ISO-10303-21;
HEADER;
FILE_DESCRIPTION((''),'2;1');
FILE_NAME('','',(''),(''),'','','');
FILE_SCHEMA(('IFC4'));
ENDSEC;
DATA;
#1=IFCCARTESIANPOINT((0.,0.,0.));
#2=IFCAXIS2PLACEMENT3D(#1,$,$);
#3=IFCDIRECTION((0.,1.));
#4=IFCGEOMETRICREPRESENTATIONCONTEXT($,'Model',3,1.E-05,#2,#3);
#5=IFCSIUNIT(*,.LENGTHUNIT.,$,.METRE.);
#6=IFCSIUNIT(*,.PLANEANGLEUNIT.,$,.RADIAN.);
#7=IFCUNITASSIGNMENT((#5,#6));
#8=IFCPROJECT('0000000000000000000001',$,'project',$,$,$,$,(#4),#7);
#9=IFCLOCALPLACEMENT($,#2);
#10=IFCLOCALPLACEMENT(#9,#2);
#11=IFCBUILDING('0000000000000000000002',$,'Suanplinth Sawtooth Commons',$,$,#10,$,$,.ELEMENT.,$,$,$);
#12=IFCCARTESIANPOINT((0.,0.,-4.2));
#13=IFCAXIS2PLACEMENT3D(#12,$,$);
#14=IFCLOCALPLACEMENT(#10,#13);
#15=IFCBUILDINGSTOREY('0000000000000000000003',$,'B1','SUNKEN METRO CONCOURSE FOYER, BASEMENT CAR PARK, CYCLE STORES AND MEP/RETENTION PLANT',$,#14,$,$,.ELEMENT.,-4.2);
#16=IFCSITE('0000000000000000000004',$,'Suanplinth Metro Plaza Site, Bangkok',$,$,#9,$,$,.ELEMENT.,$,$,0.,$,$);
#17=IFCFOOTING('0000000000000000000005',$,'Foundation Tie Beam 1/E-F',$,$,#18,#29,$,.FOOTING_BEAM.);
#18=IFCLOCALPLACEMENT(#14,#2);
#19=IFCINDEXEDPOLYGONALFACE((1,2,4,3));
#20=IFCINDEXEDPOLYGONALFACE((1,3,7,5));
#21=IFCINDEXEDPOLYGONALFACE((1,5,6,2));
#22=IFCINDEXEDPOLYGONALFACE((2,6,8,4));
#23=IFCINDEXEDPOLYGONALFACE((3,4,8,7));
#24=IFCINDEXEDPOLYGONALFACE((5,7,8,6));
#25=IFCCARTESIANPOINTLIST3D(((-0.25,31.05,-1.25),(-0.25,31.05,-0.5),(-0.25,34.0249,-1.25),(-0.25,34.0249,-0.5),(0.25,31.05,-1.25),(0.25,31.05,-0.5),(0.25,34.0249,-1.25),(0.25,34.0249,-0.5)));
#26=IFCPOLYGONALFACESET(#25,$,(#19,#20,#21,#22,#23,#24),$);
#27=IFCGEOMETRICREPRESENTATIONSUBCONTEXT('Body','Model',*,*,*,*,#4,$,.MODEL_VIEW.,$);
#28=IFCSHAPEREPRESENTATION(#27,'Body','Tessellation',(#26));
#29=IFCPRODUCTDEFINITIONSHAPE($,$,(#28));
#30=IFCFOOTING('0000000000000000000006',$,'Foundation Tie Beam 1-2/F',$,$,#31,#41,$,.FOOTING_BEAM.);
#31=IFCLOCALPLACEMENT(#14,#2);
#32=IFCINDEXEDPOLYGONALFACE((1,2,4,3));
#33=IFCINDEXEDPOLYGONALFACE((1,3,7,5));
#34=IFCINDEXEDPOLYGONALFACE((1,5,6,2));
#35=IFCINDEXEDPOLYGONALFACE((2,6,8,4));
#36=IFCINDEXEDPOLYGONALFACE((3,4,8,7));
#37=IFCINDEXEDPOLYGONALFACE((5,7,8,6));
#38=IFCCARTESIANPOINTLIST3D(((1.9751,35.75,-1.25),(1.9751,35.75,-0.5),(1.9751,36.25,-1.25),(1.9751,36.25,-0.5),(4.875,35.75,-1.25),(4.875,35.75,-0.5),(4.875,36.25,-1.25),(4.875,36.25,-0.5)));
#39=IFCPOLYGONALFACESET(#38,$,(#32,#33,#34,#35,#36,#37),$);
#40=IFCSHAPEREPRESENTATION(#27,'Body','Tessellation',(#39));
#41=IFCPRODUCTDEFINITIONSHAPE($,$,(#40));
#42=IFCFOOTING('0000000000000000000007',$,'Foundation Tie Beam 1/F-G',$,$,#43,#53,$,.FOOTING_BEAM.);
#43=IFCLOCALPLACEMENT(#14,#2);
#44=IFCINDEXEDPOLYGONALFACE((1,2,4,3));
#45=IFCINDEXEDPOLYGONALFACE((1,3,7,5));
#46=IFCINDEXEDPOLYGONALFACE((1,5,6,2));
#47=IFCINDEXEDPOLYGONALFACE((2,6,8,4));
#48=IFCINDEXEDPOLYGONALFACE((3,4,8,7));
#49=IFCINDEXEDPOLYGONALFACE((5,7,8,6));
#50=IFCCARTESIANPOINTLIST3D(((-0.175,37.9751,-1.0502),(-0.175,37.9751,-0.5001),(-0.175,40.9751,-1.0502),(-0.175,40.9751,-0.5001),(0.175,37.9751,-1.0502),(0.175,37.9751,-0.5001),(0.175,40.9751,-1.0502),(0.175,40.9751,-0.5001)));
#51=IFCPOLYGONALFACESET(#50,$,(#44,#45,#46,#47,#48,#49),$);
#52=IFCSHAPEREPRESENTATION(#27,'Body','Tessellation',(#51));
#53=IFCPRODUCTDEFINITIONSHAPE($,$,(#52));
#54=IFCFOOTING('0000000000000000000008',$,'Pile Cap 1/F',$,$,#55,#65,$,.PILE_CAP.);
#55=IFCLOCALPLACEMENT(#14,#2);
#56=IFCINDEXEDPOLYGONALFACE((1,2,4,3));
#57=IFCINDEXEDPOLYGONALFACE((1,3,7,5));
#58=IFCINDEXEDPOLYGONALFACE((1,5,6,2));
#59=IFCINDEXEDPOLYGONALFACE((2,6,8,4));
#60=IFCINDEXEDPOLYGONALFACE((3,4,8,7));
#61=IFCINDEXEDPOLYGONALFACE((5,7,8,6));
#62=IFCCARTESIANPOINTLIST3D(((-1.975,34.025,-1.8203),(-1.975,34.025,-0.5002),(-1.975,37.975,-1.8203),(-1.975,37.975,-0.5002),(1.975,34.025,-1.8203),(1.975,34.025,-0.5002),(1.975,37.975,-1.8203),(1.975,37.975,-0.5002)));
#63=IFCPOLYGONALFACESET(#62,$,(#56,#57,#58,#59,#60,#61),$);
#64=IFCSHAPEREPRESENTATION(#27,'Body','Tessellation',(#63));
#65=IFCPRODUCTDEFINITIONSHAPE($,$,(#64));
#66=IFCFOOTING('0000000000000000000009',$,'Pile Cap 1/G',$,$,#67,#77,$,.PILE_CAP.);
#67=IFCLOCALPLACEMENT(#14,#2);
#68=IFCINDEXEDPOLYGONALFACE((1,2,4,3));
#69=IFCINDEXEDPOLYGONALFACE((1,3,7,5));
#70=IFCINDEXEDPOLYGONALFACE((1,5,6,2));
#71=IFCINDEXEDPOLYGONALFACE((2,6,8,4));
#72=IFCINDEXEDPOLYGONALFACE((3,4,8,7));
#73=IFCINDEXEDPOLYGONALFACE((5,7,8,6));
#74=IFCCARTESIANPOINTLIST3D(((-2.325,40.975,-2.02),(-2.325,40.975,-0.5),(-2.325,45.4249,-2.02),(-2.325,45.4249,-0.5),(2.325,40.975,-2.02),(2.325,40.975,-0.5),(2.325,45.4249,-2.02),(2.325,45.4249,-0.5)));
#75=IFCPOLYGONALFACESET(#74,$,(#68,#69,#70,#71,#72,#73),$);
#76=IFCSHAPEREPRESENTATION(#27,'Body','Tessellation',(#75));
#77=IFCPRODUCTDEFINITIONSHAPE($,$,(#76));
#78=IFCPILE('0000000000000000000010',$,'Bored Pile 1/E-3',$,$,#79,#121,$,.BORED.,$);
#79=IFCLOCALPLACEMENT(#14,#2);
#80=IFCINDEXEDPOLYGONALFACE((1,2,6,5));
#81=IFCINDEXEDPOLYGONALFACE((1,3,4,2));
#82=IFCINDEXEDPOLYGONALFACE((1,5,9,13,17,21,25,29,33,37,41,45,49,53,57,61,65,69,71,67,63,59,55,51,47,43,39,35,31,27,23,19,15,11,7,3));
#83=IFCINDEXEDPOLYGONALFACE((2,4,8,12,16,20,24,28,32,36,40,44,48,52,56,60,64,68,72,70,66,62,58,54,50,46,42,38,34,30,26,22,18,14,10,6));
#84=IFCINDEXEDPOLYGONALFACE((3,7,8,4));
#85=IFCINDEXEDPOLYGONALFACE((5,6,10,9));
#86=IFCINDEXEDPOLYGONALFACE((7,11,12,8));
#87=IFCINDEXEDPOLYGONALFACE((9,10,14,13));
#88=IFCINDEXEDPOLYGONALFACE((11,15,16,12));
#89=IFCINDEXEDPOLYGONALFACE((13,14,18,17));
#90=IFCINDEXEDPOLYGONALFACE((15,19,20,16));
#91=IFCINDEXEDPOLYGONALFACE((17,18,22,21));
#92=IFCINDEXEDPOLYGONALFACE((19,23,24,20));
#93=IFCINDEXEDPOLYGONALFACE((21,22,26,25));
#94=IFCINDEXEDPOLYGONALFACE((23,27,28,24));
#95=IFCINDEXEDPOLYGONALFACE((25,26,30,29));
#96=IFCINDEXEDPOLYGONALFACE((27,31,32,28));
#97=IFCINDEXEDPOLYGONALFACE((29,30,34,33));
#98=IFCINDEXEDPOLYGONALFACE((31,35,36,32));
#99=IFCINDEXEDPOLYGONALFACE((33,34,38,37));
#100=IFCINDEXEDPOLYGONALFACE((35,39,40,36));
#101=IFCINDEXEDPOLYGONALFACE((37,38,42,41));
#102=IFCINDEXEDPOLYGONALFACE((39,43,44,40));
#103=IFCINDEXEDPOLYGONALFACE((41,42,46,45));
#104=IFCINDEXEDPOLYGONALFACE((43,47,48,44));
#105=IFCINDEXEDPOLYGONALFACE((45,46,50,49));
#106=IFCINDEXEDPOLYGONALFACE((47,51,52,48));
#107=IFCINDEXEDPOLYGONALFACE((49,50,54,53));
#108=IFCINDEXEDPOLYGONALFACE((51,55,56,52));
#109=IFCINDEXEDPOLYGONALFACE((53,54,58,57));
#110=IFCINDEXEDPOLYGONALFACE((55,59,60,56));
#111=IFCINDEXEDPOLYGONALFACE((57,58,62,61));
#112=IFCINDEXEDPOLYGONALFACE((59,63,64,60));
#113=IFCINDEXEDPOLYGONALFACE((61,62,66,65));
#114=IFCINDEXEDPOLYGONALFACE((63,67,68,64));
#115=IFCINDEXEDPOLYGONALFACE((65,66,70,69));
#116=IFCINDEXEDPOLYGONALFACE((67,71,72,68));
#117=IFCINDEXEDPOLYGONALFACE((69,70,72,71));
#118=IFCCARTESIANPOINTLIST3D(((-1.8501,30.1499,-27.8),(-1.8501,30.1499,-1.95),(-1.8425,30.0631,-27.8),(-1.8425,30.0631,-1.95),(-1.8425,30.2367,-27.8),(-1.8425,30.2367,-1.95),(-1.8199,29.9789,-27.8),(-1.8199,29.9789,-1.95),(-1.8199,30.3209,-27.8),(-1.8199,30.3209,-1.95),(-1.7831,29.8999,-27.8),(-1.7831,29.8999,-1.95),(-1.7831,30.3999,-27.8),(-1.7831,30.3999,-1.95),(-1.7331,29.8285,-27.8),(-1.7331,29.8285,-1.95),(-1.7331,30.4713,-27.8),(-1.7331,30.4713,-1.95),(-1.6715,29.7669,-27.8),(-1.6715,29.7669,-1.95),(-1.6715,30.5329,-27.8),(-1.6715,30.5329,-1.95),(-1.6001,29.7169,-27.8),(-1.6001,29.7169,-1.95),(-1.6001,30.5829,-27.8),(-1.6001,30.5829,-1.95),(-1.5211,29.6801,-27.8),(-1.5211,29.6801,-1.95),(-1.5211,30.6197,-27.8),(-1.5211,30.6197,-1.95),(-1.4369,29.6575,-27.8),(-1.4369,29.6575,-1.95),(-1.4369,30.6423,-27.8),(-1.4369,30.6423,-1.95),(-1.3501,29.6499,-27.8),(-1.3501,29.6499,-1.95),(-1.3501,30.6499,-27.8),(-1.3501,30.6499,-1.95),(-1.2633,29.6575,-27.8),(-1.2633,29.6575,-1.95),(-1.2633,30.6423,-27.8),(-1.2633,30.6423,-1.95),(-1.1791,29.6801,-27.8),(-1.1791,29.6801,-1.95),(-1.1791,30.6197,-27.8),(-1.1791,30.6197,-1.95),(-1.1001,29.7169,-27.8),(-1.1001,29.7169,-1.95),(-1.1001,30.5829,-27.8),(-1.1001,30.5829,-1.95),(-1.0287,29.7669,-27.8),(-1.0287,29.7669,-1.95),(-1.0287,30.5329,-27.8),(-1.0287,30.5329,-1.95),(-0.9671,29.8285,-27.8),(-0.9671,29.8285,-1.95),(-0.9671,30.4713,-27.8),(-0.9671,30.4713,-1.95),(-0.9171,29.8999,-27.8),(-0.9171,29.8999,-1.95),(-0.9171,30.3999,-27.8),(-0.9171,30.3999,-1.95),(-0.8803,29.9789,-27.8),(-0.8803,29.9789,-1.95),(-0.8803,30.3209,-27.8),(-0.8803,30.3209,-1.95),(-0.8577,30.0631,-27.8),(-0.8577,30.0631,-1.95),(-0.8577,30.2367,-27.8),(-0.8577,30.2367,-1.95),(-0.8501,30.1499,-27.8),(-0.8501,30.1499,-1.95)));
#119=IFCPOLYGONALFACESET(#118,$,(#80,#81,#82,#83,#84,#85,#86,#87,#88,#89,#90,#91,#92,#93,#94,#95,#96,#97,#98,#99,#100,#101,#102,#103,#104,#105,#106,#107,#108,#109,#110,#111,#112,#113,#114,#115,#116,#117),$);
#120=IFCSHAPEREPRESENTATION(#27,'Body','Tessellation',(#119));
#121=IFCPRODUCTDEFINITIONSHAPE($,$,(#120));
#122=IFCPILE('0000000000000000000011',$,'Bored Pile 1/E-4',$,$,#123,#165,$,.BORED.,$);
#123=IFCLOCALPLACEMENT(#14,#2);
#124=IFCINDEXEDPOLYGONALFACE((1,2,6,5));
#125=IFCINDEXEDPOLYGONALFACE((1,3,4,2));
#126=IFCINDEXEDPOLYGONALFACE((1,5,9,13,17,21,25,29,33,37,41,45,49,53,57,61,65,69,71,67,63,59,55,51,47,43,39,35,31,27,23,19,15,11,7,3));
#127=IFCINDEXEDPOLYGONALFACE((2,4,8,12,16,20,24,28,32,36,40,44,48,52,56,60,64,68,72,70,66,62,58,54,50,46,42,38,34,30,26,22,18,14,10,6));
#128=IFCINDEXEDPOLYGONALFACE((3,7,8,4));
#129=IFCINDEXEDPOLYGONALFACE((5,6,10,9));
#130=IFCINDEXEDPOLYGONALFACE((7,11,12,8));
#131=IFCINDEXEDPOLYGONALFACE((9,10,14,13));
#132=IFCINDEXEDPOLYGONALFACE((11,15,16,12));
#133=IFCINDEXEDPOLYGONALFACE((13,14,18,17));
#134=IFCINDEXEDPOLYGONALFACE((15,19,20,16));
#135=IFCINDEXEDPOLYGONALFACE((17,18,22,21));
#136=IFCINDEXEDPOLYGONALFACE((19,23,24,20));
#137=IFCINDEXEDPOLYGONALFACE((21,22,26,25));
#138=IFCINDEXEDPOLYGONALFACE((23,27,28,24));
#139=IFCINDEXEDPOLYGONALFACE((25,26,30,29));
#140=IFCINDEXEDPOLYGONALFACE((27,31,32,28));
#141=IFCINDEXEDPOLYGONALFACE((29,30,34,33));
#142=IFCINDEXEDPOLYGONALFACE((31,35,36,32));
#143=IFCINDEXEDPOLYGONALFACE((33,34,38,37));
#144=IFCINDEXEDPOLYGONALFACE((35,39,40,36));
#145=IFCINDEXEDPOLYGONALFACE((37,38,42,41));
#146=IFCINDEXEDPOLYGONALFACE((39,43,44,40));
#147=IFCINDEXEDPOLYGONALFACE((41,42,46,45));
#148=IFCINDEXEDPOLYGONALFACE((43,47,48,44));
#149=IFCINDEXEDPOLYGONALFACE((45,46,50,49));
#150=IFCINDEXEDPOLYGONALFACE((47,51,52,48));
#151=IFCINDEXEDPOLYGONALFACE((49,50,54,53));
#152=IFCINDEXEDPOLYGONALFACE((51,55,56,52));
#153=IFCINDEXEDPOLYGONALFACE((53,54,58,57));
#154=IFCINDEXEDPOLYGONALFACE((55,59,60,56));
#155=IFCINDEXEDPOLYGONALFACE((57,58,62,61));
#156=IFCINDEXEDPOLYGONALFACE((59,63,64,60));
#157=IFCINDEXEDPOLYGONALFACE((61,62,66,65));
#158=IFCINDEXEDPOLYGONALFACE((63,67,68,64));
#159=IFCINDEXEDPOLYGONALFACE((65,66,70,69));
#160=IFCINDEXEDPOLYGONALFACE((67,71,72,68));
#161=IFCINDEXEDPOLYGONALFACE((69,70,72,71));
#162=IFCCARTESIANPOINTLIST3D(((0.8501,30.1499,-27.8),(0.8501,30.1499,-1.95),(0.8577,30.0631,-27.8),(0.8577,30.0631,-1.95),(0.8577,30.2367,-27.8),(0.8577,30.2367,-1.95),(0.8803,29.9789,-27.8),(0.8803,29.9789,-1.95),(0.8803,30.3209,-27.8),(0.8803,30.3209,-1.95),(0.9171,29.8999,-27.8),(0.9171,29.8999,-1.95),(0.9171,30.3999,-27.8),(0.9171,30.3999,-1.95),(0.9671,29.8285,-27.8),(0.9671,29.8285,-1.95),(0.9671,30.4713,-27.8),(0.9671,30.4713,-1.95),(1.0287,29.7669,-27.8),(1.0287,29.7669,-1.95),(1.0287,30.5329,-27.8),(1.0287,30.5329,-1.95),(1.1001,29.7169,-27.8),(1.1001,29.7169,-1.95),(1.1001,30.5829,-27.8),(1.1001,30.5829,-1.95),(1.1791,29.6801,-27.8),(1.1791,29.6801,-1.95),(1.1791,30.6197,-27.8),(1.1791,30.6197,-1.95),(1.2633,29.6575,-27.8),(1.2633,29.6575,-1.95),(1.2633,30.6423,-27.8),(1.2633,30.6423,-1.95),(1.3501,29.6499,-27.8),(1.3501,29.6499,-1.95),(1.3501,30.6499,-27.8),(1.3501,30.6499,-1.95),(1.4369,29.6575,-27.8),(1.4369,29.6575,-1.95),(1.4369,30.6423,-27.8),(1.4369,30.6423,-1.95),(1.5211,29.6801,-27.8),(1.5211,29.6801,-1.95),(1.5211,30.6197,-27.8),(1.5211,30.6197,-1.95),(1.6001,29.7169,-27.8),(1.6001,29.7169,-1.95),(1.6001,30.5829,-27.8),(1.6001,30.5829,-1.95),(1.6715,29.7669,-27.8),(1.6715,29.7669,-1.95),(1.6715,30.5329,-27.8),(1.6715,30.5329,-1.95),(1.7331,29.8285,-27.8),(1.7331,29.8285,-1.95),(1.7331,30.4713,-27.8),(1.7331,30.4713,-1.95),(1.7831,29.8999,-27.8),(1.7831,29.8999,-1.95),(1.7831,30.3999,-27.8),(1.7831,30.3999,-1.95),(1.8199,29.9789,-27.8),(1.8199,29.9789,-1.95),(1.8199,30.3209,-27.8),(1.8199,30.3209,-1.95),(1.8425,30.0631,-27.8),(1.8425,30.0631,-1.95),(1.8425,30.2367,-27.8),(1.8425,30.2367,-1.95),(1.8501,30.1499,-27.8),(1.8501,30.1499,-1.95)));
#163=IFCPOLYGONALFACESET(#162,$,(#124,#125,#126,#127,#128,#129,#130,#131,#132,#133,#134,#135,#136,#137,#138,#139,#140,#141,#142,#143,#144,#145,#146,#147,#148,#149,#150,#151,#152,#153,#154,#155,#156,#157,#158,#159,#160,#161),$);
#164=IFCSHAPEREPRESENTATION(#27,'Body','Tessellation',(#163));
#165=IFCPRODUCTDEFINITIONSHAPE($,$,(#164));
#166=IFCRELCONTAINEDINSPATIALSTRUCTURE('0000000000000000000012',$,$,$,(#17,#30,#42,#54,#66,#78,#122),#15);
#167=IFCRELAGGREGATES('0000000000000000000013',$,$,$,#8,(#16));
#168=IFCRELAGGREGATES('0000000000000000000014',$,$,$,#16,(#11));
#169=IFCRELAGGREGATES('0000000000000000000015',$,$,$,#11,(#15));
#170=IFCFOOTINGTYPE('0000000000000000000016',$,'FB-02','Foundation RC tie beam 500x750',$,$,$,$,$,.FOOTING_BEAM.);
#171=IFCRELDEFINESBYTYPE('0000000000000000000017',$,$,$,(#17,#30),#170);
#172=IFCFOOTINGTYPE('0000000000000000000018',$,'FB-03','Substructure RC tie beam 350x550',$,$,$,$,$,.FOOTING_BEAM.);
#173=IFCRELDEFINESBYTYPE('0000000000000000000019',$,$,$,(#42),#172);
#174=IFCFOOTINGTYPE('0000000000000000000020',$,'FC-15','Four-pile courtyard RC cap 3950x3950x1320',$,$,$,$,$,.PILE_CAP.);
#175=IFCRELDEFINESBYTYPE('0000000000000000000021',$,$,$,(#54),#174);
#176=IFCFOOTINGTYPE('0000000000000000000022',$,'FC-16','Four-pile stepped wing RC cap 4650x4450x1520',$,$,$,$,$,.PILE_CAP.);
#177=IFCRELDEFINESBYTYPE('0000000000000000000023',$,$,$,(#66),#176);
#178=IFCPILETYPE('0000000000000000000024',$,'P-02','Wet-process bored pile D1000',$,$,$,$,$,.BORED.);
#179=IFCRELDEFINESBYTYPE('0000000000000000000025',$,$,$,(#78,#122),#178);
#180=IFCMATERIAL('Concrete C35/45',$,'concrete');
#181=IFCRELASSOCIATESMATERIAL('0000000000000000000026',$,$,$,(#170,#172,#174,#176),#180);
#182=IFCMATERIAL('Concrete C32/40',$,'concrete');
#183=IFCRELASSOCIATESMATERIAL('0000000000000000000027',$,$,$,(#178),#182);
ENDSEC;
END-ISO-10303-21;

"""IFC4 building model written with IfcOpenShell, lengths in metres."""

from ifc_helpers import new_model, si_unit, direction, frame, origin, origin_2d, place, context, subcontext, project, spatial, rectangle, circle, extrude, material, material_profile, profile_set, type_object, element, save


model = new_model("IFC4")

# Units and contexts
model_context = context("Model", 3, precision=1e-05, world=origin(), true_north=direction((0.0, 1.0)))
body_context = subcontext(model_context, "Body", "Model", "MODEL_VIEW")
ifc_project = project(units=[si_unit("LENGTHUNIT", "METRE"), si_unit("PLANEANGLEUNIT", "RADIAN")], contexts=[model_context])

# Site, building, storey
site_placement = place(None, origin())
site = spatial("IfcSite", under=ifc_project, at=site_placement, Name="Suanplinth Metro Plaza Site, Bangkok", CompositionType="ELEMENT", RefElevation=0.0)
building_placement = place(site_placement, origin())
building = spatial("IfcBuilding", under=site, at=building_placement, Name="Suanplinth Sawtooth Commons", CompositionType="ELEMENT")
storey_placement = place(building_placement, frame((0.0, 0.0, -4.2)))
storey = spatial("IfcBuildingStorey", under=building, at=storey_placement, Name="B1", Description="SUNKEN METRO CONCOURSE FOYER, BASEMENT CAR PARK, CYCLE STORES AND MEP/RETENTION PLANT", CompositionType="ELEMENT", Elevation=-4.2)

# Footings
ifc_material_1 = material(Name="Concrete C35/45", Category="concrete")
ifc_material_profile_1 = material_profile(ifc_material_1, rectangle(XDim=0.5, YDim=0.75, at=origin_2d()), Name="RC-GDR 500x750")
ifc_profile_set_1 = profile_set([ifc_material_profile_1], Name="Concrete C35/45")
footing_type_1 = type_object("IfcFootingType", Name="FB-02", Description="Foundation RC tie beam 500x750", PredefinedType="FOOTING_BEAM", material=ifc_profile_set_1)
footing_1_placement = place(storey_placement, frame((0.0, 31.05, -0.875), z_axis=(0.0, 1.0, 0.0), x_axis=(-1.0, 0.0, 0.0)))
element("IfcFooting", 1, at=footing_1_placement, inside=storey, type_object=footing_type_1, Name="Foundation Tie Beam 1/E-F", PredefinedType="FOOTING_BEAM", context=body_context, shape_type="SweptSolid", body=[
    extrude(rectangle(XDim=0.5, YDim=0.75, at=origin_2d()), origin(), (0.0, 0.0, 1.0), 2.9749),
])
footing_2_placement = place(storey_placement, frame((1.9751, 36.0, -0.875), z_axis=(1.0, 0.0, 0.0), x_axis=(0.0, 1.0, 0.0)))
element("IfcFooting", 2, at=footing_2_placement, inside=storey, type_object=footing_type_1, Name="Foundation Tie Beam 1-2/F", PredefinedType="FOOTING_BEAM", context=body_context, shape_type="SweptSolid", body=[
    extrude(rectangle(XDim=0.5, YDim=0.75, at=origin_2d()), origin(), (0.0, 0.0, 1.0), 2.8999),
])
ifc_material_profile_2 = material_profile(ifc_material_1, rectangle(XDim=0.3501, YDim=0.55, at=origin_2d()), Name="PC-BM 350x550")
ifc_profile_set_2 = profile_set([ifc_material_profile_2], Name="Concrete C35/45")
footing_type_2 = type_object("IfcFootingType", Name="FB-03", Description="Substructure RC tie beam 350x550", PredefinedType="FOOTING_BEAM", material=ifc_profile_set_2)
footing_3_placement = place(storey_placement, frame((0.0, 37.9751, -0.7751), z_axis=(0.0, 1.0, 0.0), x_axis=(-1.0, 0.0, 0.0)))
element("IfcFooting", 3, at=footing_3_placement, inside=storey, type_object=footing_type_2, Name="Foundation Tie Beam 1/F-G", PredefinedType="FOOTING_BEAM", context=body_context, shape_type="SweptSolid", body=[
    extrude(rectangle(XDim=0.3501, YDim=0.55, at=origin_2d()), origin(), (0.0, 0.0, 1.0), 3.0),
])
footing_type_3 = type_object("IfcFootingType", Name="FC-15", Description="Four-pile courtyard RC cap 3950x3950x1320", PredefinedType="PILE_CAP", material=ifc_material_1)
footing_4_placement = place(storey_placement, frame((0.0, 36.0, -1.8203), z_axis=(0.0, 0.0, 1.0), x_axis=(1.0, 0.0, 0.0)))
element("IfcFooting", 4, at=footing_4_placement, inside=storey, type_object=footing_type_3, Name="Pile Cap 1/F", PredefinedType="PILE_CAP", context=body_context, shape_type="SweptSolid", body=[
    extrude(rectangle(XDim=3.95, YDim=3.95, at=origin_2d()), origin(), (0.0, 0.0, 1.0), 1.3201),
])
footing_type_4 = type_object("IfcFootingType", Name="FC-16", Description="Four-pile stepped wing RC cap 4650x4450x1520", PredefinedType="PILE_CAP", material=ifc_material_1)
footing_5_placement = place(storey_placement, frame((0.0, 43.2, -2.02), z_axis=(0.0, 0.0, 1.0), x_axis=(1.0, 0.0, 0.0)))
element("IfcFooting", 5, at=footing_5_placement, inside=storey, type_object=footing_type_4, Name="Pile Cap 1/G", PredefinedType="PILE_CAP", context=body_context, shape_type="SweptSolid", body=[
    extrude(rectangle(XDim=4.6499, YDim=4.45, at=origin_2d()), origin(), (0.0, 0.0, 1.0), 1.52),
])

# Piles
ifc_material_2 = material(Name="Concrete C32/40", Category="concrete")
ifc_material_profile_3 = material_profile(ifc_material_2, circle(Radius=0.5, at=origin_2d()), Name="PILE D1000")
ifc_profile_set_3 = profile_set([ifc_material_profile_3], Name="Concrete C32/40")
pile_type = type_object("IfcPileType", Name="P-02", Description="Wet-process bored pile D1000", PredefinedType="BORED", material=ifc_profile_set_3)
for number, where, z_axis, x_axis, name in (
    (6, (-1.3501, 30.1499, -1.95), (0.0, 0.0, -1.0), (1.0, 0.0, 0.0), "Bored Pile 1/E-3"),
    (7, (1.3501, 30.1499, -1.95), (0.0, 0.0, -1.0), (1.0, 0.0, 0.0), "Bored Pile 1/E-4"),
):
    element("IfcPile", number, at=place(storey_placement, frame(where, z_axis=z_axis, x_axis=x_axis)), inside=storey, type_object=pile_type, Name=name, PredefinedType="BORED", context=body_context, shape_type="SweptSolid", body=[
        extrude(circle(Radius=0.5, at=origin_2d()), origin(), (0.0, 0.0, 1.0), 25.8501),
    ])

save(model, "model.ifc")
